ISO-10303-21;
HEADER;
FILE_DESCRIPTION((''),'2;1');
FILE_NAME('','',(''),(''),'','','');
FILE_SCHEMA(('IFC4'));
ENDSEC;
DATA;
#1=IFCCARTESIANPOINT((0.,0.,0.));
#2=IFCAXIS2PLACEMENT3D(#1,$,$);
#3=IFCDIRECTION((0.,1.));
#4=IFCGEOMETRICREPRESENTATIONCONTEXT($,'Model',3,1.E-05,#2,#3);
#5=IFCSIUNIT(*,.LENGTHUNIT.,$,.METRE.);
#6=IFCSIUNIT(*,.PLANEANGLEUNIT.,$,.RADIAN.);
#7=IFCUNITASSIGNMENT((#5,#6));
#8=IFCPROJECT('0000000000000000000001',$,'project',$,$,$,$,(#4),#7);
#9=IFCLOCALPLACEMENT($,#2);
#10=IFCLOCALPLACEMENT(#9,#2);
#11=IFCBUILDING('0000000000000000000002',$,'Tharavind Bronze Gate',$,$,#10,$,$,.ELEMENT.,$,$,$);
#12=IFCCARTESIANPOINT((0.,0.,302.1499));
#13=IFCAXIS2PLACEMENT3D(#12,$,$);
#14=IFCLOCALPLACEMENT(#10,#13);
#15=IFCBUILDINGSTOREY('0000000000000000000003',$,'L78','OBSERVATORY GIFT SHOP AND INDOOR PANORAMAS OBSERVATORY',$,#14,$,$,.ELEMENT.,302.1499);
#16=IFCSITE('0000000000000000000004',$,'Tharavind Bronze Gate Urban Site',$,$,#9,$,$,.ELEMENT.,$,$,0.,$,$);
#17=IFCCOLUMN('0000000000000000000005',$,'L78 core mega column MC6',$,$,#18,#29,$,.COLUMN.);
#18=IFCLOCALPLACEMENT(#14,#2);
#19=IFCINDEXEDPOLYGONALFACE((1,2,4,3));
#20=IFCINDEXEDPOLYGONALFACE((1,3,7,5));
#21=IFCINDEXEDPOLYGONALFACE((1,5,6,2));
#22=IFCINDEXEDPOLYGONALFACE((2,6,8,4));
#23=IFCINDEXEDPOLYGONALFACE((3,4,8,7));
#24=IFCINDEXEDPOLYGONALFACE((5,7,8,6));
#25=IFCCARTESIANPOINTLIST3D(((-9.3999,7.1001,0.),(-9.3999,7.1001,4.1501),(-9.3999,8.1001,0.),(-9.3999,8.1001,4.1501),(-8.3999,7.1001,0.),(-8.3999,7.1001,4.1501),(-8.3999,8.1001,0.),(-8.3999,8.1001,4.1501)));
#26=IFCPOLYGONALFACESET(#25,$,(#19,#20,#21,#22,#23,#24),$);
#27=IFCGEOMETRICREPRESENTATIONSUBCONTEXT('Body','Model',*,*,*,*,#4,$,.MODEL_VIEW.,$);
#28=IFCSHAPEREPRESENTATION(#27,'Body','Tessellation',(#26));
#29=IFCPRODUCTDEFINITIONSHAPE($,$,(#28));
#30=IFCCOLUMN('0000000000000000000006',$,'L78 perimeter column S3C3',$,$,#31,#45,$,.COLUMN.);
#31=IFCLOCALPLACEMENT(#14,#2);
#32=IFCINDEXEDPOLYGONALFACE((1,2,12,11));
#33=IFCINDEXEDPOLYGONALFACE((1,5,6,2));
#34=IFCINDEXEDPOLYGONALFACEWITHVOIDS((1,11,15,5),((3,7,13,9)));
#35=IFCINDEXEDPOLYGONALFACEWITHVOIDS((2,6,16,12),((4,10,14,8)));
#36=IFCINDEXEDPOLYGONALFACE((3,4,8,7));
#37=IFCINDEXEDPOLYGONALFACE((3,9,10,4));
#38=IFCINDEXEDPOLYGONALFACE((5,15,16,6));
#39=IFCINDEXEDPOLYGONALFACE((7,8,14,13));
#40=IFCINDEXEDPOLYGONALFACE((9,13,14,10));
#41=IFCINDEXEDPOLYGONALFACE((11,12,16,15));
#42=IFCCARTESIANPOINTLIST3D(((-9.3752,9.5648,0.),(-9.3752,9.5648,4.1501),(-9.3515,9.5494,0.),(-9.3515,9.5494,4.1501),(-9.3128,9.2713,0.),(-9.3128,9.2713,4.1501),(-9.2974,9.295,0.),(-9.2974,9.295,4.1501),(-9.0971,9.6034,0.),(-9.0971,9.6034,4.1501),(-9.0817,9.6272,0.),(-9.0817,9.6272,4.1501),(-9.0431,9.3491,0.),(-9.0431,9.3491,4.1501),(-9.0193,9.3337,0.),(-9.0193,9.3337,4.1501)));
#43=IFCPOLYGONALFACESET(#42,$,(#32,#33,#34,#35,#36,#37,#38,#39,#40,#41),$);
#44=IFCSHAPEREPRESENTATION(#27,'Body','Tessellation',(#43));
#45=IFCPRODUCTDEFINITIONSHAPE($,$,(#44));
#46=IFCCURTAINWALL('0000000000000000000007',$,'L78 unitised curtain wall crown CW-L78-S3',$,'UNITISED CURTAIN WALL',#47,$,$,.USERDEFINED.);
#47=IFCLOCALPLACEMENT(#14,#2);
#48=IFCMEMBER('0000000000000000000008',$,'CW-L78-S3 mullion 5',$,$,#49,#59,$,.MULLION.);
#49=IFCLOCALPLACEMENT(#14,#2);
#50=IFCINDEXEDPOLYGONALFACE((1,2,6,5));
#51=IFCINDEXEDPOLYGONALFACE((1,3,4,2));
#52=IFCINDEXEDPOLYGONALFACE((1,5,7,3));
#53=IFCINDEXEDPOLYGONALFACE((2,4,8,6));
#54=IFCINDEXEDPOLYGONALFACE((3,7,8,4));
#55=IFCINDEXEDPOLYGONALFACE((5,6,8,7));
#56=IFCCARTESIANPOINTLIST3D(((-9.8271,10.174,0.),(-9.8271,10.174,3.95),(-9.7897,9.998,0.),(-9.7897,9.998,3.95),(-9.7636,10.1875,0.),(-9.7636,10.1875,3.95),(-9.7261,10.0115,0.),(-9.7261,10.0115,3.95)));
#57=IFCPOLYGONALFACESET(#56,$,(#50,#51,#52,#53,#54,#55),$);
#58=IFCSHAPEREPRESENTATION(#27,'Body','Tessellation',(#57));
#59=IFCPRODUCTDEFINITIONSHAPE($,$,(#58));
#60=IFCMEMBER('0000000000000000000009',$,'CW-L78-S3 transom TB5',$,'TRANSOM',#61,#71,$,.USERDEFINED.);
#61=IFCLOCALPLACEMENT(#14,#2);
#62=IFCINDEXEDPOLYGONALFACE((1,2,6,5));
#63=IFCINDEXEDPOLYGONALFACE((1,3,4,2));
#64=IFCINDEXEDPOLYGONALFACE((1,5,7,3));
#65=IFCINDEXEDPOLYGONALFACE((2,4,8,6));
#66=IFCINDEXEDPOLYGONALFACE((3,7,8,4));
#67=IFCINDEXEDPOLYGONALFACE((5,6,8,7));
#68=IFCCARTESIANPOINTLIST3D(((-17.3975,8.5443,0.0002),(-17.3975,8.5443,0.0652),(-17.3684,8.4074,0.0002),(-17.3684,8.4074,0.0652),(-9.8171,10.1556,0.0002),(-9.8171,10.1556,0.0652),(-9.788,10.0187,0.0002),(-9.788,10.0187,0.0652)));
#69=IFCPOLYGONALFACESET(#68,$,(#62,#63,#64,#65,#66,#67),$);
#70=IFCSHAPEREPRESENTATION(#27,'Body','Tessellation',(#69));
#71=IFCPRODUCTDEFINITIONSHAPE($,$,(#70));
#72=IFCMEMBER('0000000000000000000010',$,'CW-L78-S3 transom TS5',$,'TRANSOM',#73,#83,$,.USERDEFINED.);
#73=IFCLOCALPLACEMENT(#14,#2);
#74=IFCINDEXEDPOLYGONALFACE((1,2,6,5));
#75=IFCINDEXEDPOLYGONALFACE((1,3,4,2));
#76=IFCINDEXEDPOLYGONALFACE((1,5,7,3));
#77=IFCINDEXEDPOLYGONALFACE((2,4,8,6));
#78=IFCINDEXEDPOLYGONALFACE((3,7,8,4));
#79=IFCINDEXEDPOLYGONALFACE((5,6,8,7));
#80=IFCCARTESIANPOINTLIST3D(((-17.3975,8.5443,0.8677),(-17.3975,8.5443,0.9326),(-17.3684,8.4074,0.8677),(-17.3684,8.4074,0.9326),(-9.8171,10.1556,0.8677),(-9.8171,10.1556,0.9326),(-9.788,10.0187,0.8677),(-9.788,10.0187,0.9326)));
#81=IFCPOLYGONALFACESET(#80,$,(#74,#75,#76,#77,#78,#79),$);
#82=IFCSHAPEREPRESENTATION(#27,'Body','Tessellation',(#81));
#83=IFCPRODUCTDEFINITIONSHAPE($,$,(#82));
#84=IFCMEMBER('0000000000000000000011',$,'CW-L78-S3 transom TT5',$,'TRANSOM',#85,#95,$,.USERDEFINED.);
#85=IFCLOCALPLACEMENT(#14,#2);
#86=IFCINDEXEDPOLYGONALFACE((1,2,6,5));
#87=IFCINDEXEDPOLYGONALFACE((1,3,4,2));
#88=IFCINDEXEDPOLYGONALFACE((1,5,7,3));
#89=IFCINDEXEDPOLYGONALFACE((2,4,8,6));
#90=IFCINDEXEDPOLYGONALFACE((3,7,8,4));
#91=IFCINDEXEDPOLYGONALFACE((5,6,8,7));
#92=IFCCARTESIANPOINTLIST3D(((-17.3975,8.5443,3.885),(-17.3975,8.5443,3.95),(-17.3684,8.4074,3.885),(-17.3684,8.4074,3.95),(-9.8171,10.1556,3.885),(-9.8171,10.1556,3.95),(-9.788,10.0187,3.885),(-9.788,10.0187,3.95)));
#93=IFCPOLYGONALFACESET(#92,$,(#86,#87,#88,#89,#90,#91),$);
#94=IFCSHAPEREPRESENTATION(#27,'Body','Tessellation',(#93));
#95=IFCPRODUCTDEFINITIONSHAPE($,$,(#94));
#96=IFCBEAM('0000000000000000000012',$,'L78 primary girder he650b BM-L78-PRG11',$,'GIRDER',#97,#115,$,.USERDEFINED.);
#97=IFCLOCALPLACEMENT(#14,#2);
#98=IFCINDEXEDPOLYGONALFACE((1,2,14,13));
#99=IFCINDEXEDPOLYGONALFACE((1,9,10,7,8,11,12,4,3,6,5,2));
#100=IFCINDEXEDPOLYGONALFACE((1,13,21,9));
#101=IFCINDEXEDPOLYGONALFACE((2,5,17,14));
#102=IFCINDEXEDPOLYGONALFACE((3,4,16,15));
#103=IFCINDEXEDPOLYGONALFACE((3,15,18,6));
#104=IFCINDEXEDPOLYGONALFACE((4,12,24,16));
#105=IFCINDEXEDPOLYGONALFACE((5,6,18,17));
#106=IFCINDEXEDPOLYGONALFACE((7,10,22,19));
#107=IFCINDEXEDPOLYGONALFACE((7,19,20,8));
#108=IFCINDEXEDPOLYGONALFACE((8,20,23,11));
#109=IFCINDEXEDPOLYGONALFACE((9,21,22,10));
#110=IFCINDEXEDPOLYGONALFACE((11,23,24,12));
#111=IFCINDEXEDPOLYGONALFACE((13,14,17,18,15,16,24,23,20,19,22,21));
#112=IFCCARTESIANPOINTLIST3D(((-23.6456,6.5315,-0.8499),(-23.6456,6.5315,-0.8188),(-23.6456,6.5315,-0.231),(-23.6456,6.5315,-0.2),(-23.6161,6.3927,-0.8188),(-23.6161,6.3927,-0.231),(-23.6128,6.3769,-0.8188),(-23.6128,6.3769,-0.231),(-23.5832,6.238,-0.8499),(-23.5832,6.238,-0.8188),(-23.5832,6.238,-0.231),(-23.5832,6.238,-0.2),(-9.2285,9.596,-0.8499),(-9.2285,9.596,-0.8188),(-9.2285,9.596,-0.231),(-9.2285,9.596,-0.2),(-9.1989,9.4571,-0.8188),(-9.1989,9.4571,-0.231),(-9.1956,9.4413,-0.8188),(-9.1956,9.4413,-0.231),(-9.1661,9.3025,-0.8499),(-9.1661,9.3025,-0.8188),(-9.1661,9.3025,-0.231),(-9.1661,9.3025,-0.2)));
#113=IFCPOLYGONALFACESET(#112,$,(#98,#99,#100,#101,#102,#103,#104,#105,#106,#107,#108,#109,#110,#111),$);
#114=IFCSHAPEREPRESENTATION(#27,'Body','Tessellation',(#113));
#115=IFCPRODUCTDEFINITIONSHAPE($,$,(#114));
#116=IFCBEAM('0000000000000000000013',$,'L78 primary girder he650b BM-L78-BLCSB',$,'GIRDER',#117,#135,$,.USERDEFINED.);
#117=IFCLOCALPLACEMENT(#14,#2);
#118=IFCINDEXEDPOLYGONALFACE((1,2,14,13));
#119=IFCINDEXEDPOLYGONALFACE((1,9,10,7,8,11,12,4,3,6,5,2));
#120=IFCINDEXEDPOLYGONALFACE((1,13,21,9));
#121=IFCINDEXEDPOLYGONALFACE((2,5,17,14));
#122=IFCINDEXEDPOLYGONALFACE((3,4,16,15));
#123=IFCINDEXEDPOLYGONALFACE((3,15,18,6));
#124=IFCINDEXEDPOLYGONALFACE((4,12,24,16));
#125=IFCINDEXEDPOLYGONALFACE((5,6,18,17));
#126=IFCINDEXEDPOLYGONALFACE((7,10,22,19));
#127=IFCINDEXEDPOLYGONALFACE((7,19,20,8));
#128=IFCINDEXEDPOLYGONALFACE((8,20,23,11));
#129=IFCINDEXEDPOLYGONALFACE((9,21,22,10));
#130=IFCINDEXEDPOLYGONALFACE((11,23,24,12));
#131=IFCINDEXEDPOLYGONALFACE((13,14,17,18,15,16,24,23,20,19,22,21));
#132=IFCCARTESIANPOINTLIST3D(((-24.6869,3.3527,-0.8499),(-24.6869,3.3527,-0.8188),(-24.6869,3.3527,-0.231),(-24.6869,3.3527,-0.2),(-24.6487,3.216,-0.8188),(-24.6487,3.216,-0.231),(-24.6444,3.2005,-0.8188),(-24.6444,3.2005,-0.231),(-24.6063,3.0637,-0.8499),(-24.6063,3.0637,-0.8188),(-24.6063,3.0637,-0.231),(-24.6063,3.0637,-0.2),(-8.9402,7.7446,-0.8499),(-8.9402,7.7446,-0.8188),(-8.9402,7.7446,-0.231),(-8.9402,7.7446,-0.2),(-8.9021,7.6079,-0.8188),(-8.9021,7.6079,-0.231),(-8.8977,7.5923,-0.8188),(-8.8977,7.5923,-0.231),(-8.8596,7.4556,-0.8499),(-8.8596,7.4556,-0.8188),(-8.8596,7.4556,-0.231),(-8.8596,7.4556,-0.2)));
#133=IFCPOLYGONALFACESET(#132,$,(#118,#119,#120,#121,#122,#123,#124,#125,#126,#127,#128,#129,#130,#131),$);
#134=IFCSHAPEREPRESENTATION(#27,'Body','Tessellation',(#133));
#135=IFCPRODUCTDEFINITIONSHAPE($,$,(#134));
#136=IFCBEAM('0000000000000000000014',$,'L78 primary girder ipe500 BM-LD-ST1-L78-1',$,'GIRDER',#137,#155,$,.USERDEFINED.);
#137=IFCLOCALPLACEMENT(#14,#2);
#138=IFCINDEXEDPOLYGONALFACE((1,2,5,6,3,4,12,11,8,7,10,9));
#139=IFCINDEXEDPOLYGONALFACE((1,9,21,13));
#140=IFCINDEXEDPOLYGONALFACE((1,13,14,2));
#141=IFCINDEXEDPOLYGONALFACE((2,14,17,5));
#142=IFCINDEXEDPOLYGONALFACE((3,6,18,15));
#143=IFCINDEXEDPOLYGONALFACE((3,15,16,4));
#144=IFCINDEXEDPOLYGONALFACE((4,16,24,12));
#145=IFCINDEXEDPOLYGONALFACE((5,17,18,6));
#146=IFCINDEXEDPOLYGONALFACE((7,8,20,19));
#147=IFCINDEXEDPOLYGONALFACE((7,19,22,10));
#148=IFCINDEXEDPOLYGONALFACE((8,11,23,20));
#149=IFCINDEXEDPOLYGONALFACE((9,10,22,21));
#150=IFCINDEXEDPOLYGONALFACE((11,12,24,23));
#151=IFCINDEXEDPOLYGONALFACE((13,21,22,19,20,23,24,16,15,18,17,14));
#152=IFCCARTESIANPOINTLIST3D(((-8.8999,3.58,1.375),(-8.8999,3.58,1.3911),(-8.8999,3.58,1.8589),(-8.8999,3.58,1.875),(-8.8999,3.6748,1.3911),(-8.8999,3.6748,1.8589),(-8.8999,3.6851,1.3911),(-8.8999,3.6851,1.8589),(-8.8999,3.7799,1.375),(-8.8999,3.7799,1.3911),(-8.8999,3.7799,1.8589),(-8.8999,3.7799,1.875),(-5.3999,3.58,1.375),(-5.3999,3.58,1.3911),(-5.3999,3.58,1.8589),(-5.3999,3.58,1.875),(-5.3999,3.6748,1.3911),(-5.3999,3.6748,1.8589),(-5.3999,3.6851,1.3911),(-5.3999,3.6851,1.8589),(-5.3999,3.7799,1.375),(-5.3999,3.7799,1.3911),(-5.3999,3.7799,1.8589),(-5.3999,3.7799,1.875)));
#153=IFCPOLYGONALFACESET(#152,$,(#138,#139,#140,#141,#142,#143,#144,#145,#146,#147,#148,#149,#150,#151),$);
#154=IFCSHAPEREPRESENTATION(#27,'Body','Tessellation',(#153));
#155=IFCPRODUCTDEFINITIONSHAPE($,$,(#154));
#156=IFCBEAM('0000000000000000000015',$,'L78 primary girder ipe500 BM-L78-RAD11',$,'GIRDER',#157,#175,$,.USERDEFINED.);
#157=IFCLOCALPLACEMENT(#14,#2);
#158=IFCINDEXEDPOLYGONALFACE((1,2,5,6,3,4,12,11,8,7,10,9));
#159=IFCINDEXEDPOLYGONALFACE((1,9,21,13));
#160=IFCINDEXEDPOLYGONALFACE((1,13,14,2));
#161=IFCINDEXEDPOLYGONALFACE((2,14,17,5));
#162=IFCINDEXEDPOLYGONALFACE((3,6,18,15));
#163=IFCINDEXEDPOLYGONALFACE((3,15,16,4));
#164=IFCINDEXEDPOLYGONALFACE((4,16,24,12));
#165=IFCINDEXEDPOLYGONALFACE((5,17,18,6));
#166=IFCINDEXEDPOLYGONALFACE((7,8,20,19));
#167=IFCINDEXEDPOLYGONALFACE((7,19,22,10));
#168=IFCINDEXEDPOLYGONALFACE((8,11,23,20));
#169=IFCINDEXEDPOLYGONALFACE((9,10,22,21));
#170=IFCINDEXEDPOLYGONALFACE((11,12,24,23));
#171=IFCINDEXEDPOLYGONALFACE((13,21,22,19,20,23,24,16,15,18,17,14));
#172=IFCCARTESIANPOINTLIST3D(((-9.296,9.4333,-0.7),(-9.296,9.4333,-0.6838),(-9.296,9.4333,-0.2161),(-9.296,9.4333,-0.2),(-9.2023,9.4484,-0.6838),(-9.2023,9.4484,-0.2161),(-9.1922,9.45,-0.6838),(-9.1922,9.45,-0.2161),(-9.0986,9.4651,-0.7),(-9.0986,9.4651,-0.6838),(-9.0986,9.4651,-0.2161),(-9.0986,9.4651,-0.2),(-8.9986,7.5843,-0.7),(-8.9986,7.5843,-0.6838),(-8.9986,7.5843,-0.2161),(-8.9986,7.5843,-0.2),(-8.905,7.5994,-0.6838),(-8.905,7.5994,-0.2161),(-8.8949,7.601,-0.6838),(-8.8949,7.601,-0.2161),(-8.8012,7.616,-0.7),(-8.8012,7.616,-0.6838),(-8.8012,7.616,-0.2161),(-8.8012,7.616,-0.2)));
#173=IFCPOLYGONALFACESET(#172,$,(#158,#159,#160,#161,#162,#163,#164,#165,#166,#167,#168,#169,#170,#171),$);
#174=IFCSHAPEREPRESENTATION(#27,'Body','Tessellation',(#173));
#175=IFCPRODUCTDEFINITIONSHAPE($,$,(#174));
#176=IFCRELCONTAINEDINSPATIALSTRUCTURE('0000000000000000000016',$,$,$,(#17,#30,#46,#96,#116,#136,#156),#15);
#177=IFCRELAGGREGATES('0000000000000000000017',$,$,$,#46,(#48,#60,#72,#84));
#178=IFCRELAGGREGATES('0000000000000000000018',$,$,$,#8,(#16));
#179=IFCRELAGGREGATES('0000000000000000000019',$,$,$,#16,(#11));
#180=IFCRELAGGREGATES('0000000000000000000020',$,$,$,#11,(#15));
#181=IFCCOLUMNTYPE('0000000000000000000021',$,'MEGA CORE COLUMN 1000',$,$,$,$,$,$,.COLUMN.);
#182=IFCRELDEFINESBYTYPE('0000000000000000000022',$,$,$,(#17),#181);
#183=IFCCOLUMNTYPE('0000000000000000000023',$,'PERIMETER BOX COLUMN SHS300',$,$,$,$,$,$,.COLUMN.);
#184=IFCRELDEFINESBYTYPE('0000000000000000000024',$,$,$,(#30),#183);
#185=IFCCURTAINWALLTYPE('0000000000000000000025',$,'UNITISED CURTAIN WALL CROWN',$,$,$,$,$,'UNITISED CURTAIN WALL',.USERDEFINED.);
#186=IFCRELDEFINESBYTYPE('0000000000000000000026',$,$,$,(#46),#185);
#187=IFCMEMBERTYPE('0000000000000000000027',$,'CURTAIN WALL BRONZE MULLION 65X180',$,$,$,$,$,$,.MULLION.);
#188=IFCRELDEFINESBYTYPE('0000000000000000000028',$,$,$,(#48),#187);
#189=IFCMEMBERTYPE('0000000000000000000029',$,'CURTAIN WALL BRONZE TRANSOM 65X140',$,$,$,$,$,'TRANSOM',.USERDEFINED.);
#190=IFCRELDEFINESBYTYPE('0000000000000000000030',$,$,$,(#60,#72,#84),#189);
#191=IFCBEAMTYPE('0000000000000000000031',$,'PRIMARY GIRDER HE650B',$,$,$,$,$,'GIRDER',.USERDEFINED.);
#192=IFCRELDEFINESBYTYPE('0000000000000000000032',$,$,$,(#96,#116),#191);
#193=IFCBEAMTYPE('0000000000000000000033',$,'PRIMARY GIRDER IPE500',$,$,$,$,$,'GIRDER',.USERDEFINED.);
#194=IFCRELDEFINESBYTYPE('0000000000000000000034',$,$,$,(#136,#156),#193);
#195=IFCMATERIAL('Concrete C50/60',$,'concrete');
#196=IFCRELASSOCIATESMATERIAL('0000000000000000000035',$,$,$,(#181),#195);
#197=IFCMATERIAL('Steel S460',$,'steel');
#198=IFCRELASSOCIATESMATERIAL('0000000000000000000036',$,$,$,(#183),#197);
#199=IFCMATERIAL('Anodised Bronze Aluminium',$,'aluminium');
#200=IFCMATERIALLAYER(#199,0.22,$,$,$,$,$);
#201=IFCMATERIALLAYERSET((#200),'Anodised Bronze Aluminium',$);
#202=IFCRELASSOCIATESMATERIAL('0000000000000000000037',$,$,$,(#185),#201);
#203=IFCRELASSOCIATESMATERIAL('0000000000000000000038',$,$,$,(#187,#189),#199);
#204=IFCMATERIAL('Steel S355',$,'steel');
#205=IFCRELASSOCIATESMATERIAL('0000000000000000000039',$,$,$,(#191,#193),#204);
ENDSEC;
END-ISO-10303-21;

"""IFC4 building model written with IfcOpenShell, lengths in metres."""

from ifc_helpers import new_model, si_unit, direction, frame, origin, origin_2d, place, context, subcontext, project, spatial, rectangle, hollow_rectangle, i_section, extrude, material, layer, layer_set, material_profile, profile_set, type_object, element, aggregate, save


model = new_model("IFC4")

# Units and contexts
model_context = context("Model", 3, precision=1e-05, world=origin(), true_north=direction((0.0, 1.0)))
body_context = subcontext(model_context, "Body", "Model", "MODEL_VIEW")
ifc_project = project(units=[si_unit("LENGTHUNIT", "METRE"), si_unit("PLANEANGLEUNIT", "RADIAN")], contexts=[model_context])

# Site, building, storey
site_placement = place(None, origin())
site = spatial("IfcSite", under=ifc_project, at=site_placement, Name="Tharavind Bronze Gate Urban Site", CompositionType="ELEMENT", RefElevation=0.0)
building_placement = place(site_placement, origin())
building = spatial("IfcBuilding", under=site, at=building_placement, Name="Tharavind Bronze Gate", CompositionType="ELEMENT")
storey_placement = place(building_placement, frame((0.0, 0.0, 302.1499)))
storey = spatial("IfcBuildingStorey", under=building, at=storey_placement, Name="L78", Description="OBSERVATORY GIFT SHOP AND INDOOR PANORAMAS OBSERVATORY", CompositionType="ELEMENT", Elevation=302.1499)

# Columns
ifc_material_1 = material(Name="Concrete C50/60", Category="concrete")
ifc_material_profile_1 = material_profile(ifc_material_1, rectangle(XDim=1.0, YDim=1.0, at=origin_2d()), Name="RCCOL1000")
ifc_profile_set_1 = profile_set([ifc_material_profile_1], Name="Concrete C50/60")
column_type_1 = type_object("IfcColumnType", Name="MEGA CORE COLUMN 1000", PredefinedType="COLUMN", material=ifc_profile_set_1)
column_1_placement = place(storey_placement, frame((-8.8999, 7.6001, 0.0), z_axis=(0.0, 0.0, 1.0), x_axis=(1.0, 0.0, 0.0)))
element("IfcColumn", 1, at=column_1_placement, inside=storey, type_object=column_type_1, Name="L78 core mega column MC6", PredefinedType="COLUMN", context=body_context, shape_type="SweptSolid", body=[
    extrude(rectangle(XDim=1.0, YDim=1.0, at=origin_2d()), origin(), (0.0, 0.0, 1.0), 4.1501),
])
ifc_material_2 = material(Name="Steel S460", Category="steel")
ifc_material_profile_2 = material_profile(ifc_material_2, hollow_rectangle(XDim=0.3, YDim=0.3, WallThickness=0.02, at=origin_2d()), Name="SHS300X20")
ifc_profile_set_2 = profile_set([ifc_material_profile_2], Name="Steel S460")
column_type_2 = type_object("IfcColumnType", Name="PERIMETER BOX COLUMN SHS300", PredefinedType="COLUMN", material=ifc_profile_set_2)
column_2_placement = place(storey_placement, frame((-9.1973, 9.4492, 0.0), z_axis=(0.0, 0.0, 1.0), x_axis=(0.978147, 0.207913, 0.0)))
element("IfcColumn", 2, at=column_2_placement, inside=storey, type_object=column_type_2, Name="L78 perimeter column S3C3", PredefinedType="COLUMN", context=body_context, shape_type="SweptSolid", body=[
    extrude(hollow_rectangle(XDim=0.3, YDim=0.3, WallThickness=0.02, at=origin_2d()), origin(), (0.0, 0.0, 1.0), 4.1501),
])

# Curtain wall, members
ifc_material_3 = material(Name="Anodised Bronze Aluminium", Category="aluminium")
ifc_layer_1 = layer(ifc_material_3, 0.22)
ifc_layer_set_1 = layer_set([ifc_layer_1], Name="Anodised Bronze Aluminium")
curtain_wall_type = type_object("IfcCurtainWallType", Name="UNITISED CURTAIN WALL CROWN", ElementType="UNITISED CURTAIN WALL", PredefinedType="USERDEFINED", material=ifc_layer_set_1)
curtain_wall_placement = place(storey_placement, origin())
curtain_wall = element("IfcCurtainWall", 3, at=curtain_wall_placement, inside=storey, type_object=curtain_wall_type, Name="L78 unitised curtain wall crown CW-L78-S3", ObjectType="UNITISED CURTAIN WALL", PredefinedType="USERDEFINED")
member_type_1 = type_object("IfcMemberType", Name="CURTAIN WALL BRONZE MULLION 65X180", PredefinedType="MULLION", material=ifc_material_3)
member_1_placement = place(storey_placement, frame((-9.7766, 10.0928, 0.0), z_axis=(0.0, 0.0, 1.0), x_axis=(-0.978147, -0.207913, 0.0)))
member_1 = element("IfcMember", 4, at=member_1_placement, type_object=member_type_1, Name="CW-L78-S3 mullion 5", PredefinedType="MULLION", context=body_context, shape_type="SweptSolid", body=[
    extrude(rectangle(XDim=0.0649, YDim=0.1799, at=origin_2d()), origin(), (0.0, 0.0, 1.0), 3.95),
])
member_type_2 = type_object("IfcMemberType", Name="CURTAIN WALL BRONZE TRANSOM 65X140", ElementType="TRANSOM", PredefinedType="USERDEFINED", material=ifc_material_3)
member_2_placement = place(storey_placement, frame((-13.5928, 9.2815, 0.0002), z_axis=(0.0, 0.0, 1.0), x_axis=(-0.978147, -0.207913, 0.0)))
member_2 = element("IfcMember", 5, at=member_2_placement, type_object=member_type_2, Name="CW-L78-S3 transom TB5", ObjectType="TRANSOM", PredefinedType="USERDEFINED", context=body_context, shape_type="SweptSolid", body=[
    extrude(rectangle(XDim=7.7498, YDim=0.1399, at=origin_2d()), origin(), (0.0, 0.0, 1.0), 0.0649),
])
member_3_placement = place(storey_placement, frame((-13.5928, 9.2815, 0.8677), z_axis=(0.0, 0.0, 1.0), x_axis=(-0.978147, -0.207913, 0.0)))
member_3 = element("IfcMember", 6, at=member_3_placement, type_object=member_type_2, Name="CW-L78-S3 transom TS5", ObjectType="TRANSOM", PredefinedType="USERDEFINED", context=body_context, shape_type="SweptSolid", body=[
    extrude(rectangle(XDim=7.7498, YDim=0.1399, at=origin_2d()), origin(), (0.0, 0.0, 1.0), 0.0649),
])
member_4_placement = place(storey_placement, frame((-13.5928, 9.2815, 3.885), z_axis=(0.0, 0.0, 1.0), x_axis=(-0.978147, -0.207913, 0.0)))
member_4 = element("IfcMember", 7, at=member_4_placement, type_object=member_type_2, Name="CW-L78-S3 transom TT5", ObjectType="TRANSOM", PredefinedType="USERDEFINED", context=body_context, shape_type="SweptSolid", body=[
    extrude(rectangle(XDim=7.7498, YDim=0.1399, at=origin_2d()), origin(), (0.0, 0.0, 1.0), 0.0649),
])

# Beams
ifc_material_4 = material(Name="Steel S355", Category="steel")
ifc_material_profile_3 = material_profile(ifc_material_4, i_section(OverallWidth=0.3, OverallDepth=0.6499, WebThickness=0.0161, FlangeThickness=0.031, at=origin_2d()), Name="HE650B")
ifc_profile_set_3 = profile_set([ifc_material_profile_3], Name="Steel S355")
beam_type_1 = type_object("IfcBeamType", Name="PRIMARY GIRDER HE650B", ElementType="GIRDER", PredefinedType="USERDEFINED", material=ifc_profile_set_3)
beam_1_placement = place(storey_placement, frame((-9.1973, 9.4492, -0.5249), z_axis=(-0.978148, -0.20791, 0.0), x_axis=(0.20791, -0.978148, 0.0)))
element("IfcBeam", 8, at=beam_1_placement, inside=storey, type_object=beam_type_1, Name="L78 primary girder he650b BM-L78-PRG11", ObjectType="GIRDER", PredefinedType="USERDEFINED", context=body_context, shape_type="SweptSolid", body=[
    extrude(i_section(OverallWidth=0.3, OverallDepth=0.6499, WebThickness=0.0161, FlangeThickness=0.031, at=origin_2d()), origin(), (0.0, 0.0, 1.0), 14.7393),
])
beam_2_placement = place(storey_placement, frame((-8.8999, 7.6001, -0.5249), z_axis=(-0.963237, -0.268654, 0.0), x_axis=(0.268654, -0.963237, 0.0)))
element("IfcBeam", 9, at=beam_2_placement, inside=storey, type_object=beam_type_1, Name="L78 primary girder he650b BM-L78-BLCSB", ObjectType="GIRDER", PredefinedType="USERDEFINED", context=body_context, shape_type="SweptSolid", body=[
    extrude(i_section(OverallWidth=0.3, OverallDepth=0.6499, WebThickness=0.0161, FlangeThickness=0.031, at=origin_2d()), origin(), (0.0, 0.0, 1.0), 16.3477),
])
ifc_material_profile_4 = material_profile(ifc_material_4, i_section(OverallWidth=0.2, OverallDepth=0.5, WebThickness=0.0103, FlangeThickness=0.0161, at=origin_2d()), Name="IPE500")
ifc_profile_set_4 = profile_set([ifc_material_profile_4], Name="Steel S355")
beam_type_2 = type_object("IfcBeamType", Name="PRIMARY GIRDER IPE500", ElementType="GIRDER", PredefinedType="USERDEFINED", material=ifc_profile_set_4)
beam_3_placement = place(storey_placement, frame((-8.8999, 3.6799, 1.625), z_axis=(1.0, 0.0, 0.0), x_axis=(0.0, 1.0, 0.0)))
element("IfcBeam", 10, at=beam_3_placement, inside=storey, type_object=beam_type_2, Name="L78 primary girder ipe500 BM-LD-ST1-L78-1", ObjectType="GIRDER", PredefinedType="USERDEFINED", context=body_context, shape_type="SweptSolid", body=[
    extrude(i_section(OverallWidth=0.2, OverallDepth=0.5, WebThickness=0.0103, FlangeThickness=0.0161, at=origin_2d()), origin(), (0.0, 0.0, 1.0), 3.5),
])
beam_4_placement = place(storey_placement, frame((-9.1973, 9.4492, -0.45), z_axis=(0.158773, -0.987315, 0.0), x_axis=(0.987315, 0.158773, 0.0)))
element("IfcBeam", 11, at=beam_4_placement, inside=storey, type_object=beam_type_2, Name="L78 primary girder ipe500 BM-L78-RAD11", ObjectType="GIRDER", PredefinedType="USERDEFINED", context=body_context, shape_type="SweptSolid", body=[
    extrude(i_section(OverallWidth=0.2, OverallDepth=0.5, WebThickness=0.0103, FlangeThickness=0.0161, at=origin_2d()), origin(), (0.0, 0.0, 1.0), 1.8728),
])

aggregate(curtain_wall, [member_1, member_2, member_3, member_4])

save(model, "model.ifc")
